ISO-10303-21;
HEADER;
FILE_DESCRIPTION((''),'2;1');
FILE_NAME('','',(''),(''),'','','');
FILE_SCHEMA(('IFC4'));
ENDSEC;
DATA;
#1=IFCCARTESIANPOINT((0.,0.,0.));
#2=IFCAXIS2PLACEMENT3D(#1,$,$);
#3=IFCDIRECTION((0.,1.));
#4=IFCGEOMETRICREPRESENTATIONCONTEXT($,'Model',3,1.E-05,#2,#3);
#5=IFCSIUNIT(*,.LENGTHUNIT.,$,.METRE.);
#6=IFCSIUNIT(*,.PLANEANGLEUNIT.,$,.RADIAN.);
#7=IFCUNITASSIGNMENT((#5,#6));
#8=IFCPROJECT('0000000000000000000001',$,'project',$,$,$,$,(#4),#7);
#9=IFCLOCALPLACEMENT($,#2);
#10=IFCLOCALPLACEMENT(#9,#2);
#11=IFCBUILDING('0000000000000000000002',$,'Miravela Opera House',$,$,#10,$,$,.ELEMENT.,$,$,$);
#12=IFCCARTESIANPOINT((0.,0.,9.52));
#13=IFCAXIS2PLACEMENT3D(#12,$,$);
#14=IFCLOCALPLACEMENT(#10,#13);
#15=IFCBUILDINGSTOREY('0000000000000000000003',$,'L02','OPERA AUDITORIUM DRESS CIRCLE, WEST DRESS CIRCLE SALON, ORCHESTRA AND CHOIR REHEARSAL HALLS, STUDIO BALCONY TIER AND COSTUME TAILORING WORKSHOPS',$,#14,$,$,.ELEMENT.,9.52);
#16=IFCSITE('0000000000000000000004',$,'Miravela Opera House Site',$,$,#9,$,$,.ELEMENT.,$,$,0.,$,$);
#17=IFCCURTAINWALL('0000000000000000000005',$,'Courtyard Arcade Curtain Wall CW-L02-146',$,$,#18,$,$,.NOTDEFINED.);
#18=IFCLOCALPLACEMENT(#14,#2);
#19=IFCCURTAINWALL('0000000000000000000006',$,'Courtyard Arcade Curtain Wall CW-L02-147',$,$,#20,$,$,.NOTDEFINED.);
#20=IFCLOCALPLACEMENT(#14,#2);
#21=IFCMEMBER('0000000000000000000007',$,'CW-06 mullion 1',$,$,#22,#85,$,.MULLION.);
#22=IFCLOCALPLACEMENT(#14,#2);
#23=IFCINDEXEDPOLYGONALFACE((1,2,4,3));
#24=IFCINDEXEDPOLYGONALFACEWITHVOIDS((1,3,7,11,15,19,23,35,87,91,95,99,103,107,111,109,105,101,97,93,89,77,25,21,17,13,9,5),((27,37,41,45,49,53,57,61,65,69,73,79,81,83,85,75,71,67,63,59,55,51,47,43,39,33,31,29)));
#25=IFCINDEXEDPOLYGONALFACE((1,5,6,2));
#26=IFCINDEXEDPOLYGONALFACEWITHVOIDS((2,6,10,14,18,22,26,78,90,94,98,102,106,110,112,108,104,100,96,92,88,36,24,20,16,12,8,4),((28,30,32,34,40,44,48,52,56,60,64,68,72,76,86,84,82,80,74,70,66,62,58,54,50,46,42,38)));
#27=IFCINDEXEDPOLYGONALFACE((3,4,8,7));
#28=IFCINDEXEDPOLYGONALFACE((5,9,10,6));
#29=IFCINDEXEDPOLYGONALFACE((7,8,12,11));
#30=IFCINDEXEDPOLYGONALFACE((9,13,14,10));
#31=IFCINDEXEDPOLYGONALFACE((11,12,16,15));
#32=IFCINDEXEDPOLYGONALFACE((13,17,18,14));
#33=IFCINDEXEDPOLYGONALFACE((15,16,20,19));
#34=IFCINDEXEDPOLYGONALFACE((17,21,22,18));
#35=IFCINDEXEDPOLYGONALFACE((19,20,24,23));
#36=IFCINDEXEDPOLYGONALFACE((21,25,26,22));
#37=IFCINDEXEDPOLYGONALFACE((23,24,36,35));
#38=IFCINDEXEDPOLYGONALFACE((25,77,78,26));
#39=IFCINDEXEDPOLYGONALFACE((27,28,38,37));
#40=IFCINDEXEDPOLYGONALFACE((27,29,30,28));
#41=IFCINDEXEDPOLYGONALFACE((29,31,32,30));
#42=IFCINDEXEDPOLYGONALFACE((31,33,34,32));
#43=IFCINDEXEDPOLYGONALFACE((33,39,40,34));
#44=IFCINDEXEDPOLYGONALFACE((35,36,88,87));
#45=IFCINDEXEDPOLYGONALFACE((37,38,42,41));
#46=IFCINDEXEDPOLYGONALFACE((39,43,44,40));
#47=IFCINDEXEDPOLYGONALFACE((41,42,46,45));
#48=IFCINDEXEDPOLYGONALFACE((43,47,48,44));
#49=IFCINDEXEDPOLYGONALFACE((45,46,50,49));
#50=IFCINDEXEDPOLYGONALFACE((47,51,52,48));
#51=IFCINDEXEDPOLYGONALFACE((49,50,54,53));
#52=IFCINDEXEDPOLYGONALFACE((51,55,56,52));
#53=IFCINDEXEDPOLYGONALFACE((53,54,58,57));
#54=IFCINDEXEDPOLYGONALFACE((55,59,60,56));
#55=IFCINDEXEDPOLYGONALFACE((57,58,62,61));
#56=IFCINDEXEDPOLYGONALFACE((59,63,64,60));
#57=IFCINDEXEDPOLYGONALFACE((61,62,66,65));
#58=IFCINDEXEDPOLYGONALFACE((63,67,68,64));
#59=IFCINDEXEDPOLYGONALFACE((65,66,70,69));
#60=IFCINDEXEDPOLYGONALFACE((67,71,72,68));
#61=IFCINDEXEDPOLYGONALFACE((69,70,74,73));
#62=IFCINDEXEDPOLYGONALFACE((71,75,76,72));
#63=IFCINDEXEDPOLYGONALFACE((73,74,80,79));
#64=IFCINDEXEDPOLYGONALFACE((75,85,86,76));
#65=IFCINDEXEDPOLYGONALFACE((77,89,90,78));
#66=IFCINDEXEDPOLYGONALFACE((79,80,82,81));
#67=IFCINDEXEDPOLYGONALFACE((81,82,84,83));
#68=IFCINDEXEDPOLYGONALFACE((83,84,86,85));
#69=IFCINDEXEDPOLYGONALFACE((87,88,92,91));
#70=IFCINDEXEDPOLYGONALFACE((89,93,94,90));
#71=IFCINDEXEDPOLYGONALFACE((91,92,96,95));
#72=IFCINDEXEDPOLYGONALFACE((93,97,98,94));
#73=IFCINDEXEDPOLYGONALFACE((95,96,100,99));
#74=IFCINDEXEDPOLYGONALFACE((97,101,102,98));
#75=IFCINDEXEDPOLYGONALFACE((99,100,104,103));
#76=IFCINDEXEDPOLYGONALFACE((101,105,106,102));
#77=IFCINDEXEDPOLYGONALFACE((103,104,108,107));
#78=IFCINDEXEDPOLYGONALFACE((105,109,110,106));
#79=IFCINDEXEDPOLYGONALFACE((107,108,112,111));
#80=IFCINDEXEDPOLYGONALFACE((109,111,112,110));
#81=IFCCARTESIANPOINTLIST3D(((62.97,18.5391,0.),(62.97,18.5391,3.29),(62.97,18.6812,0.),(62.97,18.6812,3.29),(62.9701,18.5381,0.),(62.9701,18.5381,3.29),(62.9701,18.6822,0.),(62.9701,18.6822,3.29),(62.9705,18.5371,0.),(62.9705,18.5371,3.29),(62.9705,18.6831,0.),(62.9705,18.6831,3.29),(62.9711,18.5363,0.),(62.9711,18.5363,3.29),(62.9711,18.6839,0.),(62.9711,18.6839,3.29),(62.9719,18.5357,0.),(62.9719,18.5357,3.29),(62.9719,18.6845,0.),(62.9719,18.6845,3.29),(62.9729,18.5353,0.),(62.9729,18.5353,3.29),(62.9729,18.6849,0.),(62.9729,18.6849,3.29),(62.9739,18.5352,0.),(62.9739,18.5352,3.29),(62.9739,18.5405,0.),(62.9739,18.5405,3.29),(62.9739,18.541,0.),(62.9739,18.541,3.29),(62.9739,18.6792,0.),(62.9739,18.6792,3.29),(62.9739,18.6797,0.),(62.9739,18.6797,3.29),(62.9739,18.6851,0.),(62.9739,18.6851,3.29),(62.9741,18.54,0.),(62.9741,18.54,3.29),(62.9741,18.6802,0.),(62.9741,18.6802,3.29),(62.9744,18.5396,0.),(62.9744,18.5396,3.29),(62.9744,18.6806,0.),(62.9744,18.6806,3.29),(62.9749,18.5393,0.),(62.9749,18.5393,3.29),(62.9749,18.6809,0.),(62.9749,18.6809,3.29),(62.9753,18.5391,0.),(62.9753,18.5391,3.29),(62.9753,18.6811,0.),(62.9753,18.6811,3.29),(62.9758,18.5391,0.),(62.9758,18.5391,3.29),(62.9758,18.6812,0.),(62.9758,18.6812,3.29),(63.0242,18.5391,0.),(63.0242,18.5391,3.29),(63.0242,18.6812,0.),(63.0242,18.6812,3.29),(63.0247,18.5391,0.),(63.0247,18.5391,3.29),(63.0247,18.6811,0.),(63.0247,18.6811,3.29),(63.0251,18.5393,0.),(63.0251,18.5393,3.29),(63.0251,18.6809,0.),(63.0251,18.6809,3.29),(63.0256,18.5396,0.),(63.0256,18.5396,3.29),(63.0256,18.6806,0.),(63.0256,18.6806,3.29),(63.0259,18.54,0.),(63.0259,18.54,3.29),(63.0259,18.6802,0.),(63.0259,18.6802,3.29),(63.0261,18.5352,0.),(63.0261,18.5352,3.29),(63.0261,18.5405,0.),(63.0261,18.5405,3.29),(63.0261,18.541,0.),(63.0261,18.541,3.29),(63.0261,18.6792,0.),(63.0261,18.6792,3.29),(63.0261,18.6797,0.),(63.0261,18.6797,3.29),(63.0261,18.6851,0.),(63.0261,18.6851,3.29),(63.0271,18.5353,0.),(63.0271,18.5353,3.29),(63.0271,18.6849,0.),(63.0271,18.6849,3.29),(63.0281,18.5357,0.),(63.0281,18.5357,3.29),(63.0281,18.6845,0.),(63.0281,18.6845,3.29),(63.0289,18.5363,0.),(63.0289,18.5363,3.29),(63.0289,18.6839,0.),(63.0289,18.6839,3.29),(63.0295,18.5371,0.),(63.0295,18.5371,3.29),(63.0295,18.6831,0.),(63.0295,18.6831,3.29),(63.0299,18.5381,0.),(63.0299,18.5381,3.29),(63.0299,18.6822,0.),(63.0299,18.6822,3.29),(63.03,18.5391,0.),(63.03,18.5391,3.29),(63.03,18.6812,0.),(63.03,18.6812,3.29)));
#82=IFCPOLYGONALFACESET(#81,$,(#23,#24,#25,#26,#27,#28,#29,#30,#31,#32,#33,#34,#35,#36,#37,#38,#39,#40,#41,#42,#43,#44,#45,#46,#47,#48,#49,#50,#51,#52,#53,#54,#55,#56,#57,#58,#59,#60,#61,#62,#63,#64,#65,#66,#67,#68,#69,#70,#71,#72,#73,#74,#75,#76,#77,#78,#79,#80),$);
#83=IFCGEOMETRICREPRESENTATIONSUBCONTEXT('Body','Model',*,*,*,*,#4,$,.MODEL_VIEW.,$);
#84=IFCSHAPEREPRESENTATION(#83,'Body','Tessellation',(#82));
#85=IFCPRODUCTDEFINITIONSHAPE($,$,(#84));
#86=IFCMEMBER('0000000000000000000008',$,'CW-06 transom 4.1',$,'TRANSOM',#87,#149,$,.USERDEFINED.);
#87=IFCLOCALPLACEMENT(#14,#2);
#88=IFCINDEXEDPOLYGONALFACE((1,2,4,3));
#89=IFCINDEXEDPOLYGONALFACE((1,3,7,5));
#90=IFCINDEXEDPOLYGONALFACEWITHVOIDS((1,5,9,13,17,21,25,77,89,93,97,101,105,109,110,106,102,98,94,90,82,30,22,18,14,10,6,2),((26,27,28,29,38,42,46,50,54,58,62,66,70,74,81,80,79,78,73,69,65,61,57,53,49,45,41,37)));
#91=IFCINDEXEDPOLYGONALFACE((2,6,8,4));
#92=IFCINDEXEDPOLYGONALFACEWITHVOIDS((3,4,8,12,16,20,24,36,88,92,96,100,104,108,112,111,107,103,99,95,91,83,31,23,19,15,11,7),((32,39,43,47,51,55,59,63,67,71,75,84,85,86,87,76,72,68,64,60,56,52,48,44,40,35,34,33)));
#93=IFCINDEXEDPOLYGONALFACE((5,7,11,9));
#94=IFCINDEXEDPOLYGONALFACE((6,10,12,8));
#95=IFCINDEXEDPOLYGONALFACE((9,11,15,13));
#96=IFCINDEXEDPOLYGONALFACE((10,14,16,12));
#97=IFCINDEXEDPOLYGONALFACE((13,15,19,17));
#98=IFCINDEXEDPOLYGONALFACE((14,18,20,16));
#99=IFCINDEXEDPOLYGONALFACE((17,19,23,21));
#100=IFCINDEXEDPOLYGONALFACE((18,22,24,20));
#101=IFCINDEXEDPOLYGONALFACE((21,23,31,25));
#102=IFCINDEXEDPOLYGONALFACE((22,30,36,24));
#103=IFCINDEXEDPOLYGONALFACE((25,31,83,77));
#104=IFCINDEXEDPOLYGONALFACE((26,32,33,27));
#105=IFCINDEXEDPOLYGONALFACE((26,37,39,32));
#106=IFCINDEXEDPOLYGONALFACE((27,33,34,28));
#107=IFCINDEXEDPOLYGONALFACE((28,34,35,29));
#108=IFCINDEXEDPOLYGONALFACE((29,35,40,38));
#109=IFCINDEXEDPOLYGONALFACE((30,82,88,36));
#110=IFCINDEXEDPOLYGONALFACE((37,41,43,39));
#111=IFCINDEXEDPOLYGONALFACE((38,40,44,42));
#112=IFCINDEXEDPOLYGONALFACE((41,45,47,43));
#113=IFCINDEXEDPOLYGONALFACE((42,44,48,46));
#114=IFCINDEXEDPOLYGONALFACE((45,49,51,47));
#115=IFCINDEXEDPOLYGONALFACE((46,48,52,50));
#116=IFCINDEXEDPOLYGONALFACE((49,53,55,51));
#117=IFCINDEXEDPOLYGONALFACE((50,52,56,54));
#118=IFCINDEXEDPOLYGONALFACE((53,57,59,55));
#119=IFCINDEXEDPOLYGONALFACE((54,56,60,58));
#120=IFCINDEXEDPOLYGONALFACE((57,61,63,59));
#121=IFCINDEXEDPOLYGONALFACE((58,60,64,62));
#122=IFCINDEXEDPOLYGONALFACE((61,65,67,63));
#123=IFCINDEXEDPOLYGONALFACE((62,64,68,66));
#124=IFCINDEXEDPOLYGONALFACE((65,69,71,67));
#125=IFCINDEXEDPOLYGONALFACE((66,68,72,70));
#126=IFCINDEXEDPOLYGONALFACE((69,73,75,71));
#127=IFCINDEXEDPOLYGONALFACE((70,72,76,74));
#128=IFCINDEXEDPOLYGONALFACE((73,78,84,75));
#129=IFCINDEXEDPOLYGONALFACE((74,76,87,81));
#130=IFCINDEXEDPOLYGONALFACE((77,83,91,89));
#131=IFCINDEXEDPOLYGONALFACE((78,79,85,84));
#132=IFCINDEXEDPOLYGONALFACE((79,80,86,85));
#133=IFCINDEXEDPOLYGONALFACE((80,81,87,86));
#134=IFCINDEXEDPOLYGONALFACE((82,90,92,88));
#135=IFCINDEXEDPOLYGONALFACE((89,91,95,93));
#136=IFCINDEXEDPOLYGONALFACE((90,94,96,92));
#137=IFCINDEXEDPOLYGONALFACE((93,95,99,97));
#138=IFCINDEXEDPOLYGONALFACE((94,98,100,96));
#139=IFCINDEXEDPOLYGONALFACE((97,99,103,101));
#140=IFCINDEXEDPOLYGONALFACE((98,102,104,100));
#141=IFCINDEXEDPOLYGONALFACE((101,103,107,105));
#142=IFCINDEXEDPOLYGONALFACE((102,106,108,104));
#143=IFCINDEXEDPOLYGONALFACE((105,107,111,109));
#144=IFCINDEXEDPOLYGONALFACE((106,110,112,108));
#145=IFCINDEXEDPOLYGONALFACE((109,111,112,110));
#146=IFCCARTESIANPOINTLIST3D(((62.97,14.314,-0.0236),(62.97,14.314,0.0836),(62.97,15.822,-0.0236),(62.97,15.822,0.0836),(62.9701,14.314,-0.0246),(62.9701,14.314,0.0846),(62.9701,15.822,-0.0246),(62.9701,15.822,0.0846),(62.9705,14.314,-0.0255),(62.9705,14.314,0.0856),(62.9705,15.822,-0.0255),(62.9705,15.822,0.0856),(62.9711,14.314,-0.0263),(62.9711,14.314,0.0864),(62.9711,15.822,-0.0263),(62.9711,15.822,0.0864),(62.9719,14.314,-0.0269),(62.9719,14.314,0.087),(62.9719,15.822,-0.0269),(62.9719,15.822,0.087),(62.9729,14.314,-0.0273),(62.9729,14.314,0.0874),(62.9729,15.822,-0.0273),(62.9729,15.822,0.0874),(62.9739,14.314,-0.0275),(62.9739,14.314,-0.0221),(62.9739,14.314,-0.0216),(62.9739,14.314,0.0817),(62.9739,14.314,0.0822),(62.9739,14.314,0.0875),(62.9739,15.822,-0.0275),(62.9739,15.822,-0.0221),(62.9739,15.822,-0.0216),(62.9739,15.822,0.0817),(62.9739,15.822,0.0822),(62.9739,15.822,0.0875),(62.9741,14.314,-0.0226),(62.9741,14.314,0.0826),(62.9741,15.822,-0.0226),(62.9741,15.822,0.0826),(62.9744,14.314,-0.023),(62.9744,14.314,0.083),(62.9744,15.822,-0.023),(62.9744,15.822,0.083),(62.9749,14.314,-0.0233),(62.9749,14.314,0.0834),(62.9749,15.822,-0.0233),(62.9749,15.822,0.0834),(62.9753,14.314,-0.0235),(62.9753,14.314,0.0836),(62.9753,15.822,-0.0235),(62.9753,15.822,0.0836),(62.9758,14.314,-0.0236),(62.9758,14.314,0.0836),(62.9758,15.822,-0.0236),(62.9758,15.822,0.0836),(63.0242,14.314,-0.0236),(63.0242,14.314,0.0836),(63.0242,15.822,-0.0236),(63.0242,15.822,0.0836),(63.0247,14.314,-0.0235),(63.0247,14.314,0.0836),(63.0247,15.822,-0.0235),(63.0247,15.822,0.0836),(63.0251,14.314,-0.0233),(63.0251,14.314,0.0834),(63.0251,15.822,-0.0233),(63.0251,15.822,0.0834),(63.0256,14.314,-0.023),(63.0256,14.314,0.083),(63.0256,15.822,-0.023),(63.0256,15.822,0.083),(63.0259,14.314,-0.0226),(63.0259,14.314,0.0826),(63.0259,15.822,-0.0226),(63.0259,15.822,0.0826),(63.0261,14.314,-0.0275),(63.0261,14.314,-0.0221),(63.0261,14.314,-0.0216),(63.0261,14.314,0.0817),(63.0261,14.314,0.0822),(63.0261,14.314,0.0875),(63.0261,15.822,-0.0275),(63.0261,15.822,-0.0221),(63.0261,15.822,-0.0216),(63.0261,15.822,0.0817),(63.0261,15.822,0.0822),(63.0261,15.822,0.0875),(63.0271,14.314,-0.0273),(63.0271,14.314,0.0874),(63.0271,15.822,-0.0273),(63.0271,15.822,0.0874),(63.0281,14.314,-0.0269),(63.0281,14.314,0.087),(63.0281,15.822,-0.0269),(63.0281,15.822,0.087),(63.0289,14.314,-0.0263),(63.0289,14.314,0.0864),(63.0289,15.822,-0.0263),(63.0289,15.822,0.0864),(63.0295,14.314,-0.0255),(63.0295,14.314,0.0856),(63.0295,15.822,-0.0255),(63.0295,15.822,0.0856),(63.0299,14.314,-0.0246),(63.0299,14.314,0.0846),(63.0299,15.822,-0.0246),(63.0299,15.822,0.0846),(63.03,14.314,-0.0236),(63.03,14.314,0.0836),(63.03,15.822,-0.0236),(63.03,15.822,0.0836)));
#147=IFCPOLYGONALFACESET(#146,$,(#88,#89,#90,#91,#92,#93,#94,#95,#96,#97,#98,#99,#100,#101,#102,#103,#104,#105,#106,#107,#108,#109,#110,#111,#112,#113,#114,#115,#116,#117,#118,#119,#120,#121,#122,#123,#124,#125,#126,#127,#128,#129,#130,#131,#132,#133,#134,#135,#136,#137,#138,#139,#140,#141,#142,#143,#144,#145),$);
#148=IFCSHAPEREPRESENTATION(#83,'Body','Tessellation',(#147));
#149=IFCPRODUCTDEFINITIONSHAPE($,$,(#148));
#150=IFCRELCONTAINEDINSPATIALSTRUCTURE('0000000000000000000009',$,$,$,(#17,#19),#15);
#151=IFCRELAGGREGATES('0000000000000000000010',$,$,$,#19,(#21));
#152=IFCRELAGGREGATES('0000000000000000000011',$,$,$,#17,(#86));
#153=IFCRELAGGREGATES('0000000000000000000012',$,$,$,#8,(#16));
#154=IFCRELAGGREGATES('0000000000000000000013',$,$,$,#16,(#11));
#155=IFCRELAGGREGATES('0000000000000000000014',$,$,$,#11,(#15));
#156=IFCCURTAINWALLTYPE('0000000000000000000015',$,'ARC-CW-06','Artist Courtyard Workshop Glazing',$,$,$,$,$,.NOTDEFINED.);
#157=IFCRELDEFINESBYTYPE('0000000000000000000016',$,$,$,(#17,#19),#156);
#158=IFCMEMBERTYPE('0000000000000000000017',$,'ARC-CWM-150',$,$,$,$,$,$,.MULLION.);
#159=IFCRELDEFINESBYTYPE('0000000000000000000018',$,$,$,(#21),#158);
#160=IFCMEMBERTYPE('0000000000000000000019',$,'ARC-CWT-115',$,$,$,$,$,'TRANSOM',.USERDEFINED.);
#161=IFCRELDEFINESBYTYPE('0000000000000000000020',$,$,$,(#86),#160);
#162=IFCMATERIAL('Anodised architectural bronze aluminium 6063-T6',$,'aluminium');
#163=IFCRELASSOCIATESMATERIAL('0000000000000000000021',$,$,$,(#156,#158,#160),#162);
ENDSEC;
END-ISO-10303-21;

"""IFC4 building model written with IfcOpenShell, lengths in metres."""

from ifc_helpers import new_model, si_unit, direction, frame, origin, origin_2d, place, context, subcontext, project, spatial, hollow_rectangle, extrude, material, material_profile, profile_set, type_object, element, aggregate, save


model = new_model("IFC4")

# Units and contexts
model_context = context("Model", 3, precision=1e-05, world=origin(), true_north=direction((0.0, 1.0)))
body_context = subcontext(model_context, "Body", "Model", "MODEL_VIEW")
ifc_project = project(units=[si_unit("LENGTHUNIT", "METRE"), si_unit("PLANEANGLEUNIT", "RADIAN")], contexts=[model_context])

# Site, building, storey
site_placement = place(None, origin())
site = spatial("IfcSite", under=ifc_project, at=site_placement, Name="Miravela Opera House Site", CompositionType="ELEMENT", RefElevation=0.0)
building_placement = place(site_placement, origin())
building = spatial("IfcBuilding", under=site, at=building_placement, Name="Miravela Opera House", CompositionType="ELEMENT")
storey_placement = place(building_placement, frame((0.0, 0.0, 9.52)))
storey = spatial("IfcBuildingStorey", under=building, at=storey_placement, Name="L02", Description="OPERA AUDITORIUM DRESS CIRCLE, WEST DRESS CIRCLE SALON, ORCHESTRA AND CHOIR REHEARSAL HALLS, STUDIO BALCONY TIER AND COSTUME TAILORING WORKSHOPS", CompositionType="ELEMENT", Elevation=9.52)

# Curtain wall
ifc_material_1 = material(Name="Anodised architectural bronze aluminium 6063-T6", Category="aluminium")
curtain_wall_type = type_object("IfcCurtainWallType", Name="ARC-CW-06", Description="Artist Courtyard Workshop Glazing", PredefinedType="NOTDEFINED", material=ifc_material_1)
curtain_wall_1_placement = place(storey_placement, origin())
curtain_wall_1 = element("IfcCurtainWall", 1, at=curtain_wall_1_placement, inside=storey, type_object=curtain_wall_type, Name="Courtyard Arcade Curtain Wall CW-L02-146", PredefinedType="NOTDEFINED")
ifc_material_profile_1 = material_profile(ifc_material_1, hollow_rectangle(XDim=0.0601, YDim=0.1499, WallThickness=0.0039, InnerFilletRadius=0.002, OuterFilletRadius=0.0039, at=origin_2d()), Name="CWM-60X150")
ifc_profile_set_1 = profile_set([ifc_material_profile_1])
member_type_1 = type_object("IfcMemberType", Name="ARC-CWM-150", PredefinedType="MULLION", material=ifc_profile_set_1)

# Curtain wall, member
curtain_wall_2_placement = place(storey_placement, origin())
curtain_wall_2 = element("IfcCurtainWall", 2, at=curtain_wall_2_placement, inside=storey, type_object=curtain_wall_type, Name="Courtyard Arcade Curtain Wall CW-L02-147", PredefinedType="NOTDEFINED")
member_1_placement = place(storey_placement, frame((63.0, 18.6101, 0.0), z_axis=(0.0, 0.0, 1.0), x_axis=(-1.0, 0.0, 0.0)))
member_1 = element("IfcMember", 3, at=member_1_placement, type_object=member_type_1, Name="CW-06 mullion 1", PredefinedType="MULLION", context=body_context, shape_type="SweptSolid", body=[
    extrude(hollow_rectangle(XDim=0.0601, YDim=0.1499, WallThickness=0.0039, InnerFilletRadius=0.002, OuterFilletRadius=0.0039, at=origin_2d()), origin(), (0.0, 0.0, 1.0), 3.29),
])

# Member
ifc_material_profile_2 = material_profile(ifc_material_1, hollow_rectangle(XDim=0.0601, YDim=0.115, WallThickness=0.0039, InnerFilletRadius=0.002, OuterFilletRadius=0.0039, at=origin_2d()), Name="CWT-60X115")
ifc_profile_set_2 = profile_set([ifc_material_profile_2])
member_type_2 = type_object("IfcMemberType", Name="ARC-CWT-115", ElementType="TRANSOM", PredefinedType="USERDEFINED", material=ifc_profile_set_2)
member_2_placement = place(storey_placement, frame((63.0, 14.314, 0.03), z_axis=(0.0, 1.0, 0.0), x_axis=(-1.0, 0.0, 0.0)))
member_2 = element("IfcMember", 4, at=member_2_placement, type_object=member_type_2, Name="CW-06 transom 4.1", ObjectType="TRANSOM", PredefinedType="USERDEFINED", context=body_context, shape_type="SweptSolid", body=[
    extrude(hollow_rectangle(XDim=0.0601, YDim=0.115, WallThickness=0.0039, InnerFilletRadius=0.002, OuterFilletRadius=0.0039, at=origin_2d()), origin(), (0.0, 0.0, 1.0), 1.5081),
])
aggregate(curtain_wall_2, [member_1])

aggregate(curtain_wall_1, [member_2])

save(model, "model.ifc")
